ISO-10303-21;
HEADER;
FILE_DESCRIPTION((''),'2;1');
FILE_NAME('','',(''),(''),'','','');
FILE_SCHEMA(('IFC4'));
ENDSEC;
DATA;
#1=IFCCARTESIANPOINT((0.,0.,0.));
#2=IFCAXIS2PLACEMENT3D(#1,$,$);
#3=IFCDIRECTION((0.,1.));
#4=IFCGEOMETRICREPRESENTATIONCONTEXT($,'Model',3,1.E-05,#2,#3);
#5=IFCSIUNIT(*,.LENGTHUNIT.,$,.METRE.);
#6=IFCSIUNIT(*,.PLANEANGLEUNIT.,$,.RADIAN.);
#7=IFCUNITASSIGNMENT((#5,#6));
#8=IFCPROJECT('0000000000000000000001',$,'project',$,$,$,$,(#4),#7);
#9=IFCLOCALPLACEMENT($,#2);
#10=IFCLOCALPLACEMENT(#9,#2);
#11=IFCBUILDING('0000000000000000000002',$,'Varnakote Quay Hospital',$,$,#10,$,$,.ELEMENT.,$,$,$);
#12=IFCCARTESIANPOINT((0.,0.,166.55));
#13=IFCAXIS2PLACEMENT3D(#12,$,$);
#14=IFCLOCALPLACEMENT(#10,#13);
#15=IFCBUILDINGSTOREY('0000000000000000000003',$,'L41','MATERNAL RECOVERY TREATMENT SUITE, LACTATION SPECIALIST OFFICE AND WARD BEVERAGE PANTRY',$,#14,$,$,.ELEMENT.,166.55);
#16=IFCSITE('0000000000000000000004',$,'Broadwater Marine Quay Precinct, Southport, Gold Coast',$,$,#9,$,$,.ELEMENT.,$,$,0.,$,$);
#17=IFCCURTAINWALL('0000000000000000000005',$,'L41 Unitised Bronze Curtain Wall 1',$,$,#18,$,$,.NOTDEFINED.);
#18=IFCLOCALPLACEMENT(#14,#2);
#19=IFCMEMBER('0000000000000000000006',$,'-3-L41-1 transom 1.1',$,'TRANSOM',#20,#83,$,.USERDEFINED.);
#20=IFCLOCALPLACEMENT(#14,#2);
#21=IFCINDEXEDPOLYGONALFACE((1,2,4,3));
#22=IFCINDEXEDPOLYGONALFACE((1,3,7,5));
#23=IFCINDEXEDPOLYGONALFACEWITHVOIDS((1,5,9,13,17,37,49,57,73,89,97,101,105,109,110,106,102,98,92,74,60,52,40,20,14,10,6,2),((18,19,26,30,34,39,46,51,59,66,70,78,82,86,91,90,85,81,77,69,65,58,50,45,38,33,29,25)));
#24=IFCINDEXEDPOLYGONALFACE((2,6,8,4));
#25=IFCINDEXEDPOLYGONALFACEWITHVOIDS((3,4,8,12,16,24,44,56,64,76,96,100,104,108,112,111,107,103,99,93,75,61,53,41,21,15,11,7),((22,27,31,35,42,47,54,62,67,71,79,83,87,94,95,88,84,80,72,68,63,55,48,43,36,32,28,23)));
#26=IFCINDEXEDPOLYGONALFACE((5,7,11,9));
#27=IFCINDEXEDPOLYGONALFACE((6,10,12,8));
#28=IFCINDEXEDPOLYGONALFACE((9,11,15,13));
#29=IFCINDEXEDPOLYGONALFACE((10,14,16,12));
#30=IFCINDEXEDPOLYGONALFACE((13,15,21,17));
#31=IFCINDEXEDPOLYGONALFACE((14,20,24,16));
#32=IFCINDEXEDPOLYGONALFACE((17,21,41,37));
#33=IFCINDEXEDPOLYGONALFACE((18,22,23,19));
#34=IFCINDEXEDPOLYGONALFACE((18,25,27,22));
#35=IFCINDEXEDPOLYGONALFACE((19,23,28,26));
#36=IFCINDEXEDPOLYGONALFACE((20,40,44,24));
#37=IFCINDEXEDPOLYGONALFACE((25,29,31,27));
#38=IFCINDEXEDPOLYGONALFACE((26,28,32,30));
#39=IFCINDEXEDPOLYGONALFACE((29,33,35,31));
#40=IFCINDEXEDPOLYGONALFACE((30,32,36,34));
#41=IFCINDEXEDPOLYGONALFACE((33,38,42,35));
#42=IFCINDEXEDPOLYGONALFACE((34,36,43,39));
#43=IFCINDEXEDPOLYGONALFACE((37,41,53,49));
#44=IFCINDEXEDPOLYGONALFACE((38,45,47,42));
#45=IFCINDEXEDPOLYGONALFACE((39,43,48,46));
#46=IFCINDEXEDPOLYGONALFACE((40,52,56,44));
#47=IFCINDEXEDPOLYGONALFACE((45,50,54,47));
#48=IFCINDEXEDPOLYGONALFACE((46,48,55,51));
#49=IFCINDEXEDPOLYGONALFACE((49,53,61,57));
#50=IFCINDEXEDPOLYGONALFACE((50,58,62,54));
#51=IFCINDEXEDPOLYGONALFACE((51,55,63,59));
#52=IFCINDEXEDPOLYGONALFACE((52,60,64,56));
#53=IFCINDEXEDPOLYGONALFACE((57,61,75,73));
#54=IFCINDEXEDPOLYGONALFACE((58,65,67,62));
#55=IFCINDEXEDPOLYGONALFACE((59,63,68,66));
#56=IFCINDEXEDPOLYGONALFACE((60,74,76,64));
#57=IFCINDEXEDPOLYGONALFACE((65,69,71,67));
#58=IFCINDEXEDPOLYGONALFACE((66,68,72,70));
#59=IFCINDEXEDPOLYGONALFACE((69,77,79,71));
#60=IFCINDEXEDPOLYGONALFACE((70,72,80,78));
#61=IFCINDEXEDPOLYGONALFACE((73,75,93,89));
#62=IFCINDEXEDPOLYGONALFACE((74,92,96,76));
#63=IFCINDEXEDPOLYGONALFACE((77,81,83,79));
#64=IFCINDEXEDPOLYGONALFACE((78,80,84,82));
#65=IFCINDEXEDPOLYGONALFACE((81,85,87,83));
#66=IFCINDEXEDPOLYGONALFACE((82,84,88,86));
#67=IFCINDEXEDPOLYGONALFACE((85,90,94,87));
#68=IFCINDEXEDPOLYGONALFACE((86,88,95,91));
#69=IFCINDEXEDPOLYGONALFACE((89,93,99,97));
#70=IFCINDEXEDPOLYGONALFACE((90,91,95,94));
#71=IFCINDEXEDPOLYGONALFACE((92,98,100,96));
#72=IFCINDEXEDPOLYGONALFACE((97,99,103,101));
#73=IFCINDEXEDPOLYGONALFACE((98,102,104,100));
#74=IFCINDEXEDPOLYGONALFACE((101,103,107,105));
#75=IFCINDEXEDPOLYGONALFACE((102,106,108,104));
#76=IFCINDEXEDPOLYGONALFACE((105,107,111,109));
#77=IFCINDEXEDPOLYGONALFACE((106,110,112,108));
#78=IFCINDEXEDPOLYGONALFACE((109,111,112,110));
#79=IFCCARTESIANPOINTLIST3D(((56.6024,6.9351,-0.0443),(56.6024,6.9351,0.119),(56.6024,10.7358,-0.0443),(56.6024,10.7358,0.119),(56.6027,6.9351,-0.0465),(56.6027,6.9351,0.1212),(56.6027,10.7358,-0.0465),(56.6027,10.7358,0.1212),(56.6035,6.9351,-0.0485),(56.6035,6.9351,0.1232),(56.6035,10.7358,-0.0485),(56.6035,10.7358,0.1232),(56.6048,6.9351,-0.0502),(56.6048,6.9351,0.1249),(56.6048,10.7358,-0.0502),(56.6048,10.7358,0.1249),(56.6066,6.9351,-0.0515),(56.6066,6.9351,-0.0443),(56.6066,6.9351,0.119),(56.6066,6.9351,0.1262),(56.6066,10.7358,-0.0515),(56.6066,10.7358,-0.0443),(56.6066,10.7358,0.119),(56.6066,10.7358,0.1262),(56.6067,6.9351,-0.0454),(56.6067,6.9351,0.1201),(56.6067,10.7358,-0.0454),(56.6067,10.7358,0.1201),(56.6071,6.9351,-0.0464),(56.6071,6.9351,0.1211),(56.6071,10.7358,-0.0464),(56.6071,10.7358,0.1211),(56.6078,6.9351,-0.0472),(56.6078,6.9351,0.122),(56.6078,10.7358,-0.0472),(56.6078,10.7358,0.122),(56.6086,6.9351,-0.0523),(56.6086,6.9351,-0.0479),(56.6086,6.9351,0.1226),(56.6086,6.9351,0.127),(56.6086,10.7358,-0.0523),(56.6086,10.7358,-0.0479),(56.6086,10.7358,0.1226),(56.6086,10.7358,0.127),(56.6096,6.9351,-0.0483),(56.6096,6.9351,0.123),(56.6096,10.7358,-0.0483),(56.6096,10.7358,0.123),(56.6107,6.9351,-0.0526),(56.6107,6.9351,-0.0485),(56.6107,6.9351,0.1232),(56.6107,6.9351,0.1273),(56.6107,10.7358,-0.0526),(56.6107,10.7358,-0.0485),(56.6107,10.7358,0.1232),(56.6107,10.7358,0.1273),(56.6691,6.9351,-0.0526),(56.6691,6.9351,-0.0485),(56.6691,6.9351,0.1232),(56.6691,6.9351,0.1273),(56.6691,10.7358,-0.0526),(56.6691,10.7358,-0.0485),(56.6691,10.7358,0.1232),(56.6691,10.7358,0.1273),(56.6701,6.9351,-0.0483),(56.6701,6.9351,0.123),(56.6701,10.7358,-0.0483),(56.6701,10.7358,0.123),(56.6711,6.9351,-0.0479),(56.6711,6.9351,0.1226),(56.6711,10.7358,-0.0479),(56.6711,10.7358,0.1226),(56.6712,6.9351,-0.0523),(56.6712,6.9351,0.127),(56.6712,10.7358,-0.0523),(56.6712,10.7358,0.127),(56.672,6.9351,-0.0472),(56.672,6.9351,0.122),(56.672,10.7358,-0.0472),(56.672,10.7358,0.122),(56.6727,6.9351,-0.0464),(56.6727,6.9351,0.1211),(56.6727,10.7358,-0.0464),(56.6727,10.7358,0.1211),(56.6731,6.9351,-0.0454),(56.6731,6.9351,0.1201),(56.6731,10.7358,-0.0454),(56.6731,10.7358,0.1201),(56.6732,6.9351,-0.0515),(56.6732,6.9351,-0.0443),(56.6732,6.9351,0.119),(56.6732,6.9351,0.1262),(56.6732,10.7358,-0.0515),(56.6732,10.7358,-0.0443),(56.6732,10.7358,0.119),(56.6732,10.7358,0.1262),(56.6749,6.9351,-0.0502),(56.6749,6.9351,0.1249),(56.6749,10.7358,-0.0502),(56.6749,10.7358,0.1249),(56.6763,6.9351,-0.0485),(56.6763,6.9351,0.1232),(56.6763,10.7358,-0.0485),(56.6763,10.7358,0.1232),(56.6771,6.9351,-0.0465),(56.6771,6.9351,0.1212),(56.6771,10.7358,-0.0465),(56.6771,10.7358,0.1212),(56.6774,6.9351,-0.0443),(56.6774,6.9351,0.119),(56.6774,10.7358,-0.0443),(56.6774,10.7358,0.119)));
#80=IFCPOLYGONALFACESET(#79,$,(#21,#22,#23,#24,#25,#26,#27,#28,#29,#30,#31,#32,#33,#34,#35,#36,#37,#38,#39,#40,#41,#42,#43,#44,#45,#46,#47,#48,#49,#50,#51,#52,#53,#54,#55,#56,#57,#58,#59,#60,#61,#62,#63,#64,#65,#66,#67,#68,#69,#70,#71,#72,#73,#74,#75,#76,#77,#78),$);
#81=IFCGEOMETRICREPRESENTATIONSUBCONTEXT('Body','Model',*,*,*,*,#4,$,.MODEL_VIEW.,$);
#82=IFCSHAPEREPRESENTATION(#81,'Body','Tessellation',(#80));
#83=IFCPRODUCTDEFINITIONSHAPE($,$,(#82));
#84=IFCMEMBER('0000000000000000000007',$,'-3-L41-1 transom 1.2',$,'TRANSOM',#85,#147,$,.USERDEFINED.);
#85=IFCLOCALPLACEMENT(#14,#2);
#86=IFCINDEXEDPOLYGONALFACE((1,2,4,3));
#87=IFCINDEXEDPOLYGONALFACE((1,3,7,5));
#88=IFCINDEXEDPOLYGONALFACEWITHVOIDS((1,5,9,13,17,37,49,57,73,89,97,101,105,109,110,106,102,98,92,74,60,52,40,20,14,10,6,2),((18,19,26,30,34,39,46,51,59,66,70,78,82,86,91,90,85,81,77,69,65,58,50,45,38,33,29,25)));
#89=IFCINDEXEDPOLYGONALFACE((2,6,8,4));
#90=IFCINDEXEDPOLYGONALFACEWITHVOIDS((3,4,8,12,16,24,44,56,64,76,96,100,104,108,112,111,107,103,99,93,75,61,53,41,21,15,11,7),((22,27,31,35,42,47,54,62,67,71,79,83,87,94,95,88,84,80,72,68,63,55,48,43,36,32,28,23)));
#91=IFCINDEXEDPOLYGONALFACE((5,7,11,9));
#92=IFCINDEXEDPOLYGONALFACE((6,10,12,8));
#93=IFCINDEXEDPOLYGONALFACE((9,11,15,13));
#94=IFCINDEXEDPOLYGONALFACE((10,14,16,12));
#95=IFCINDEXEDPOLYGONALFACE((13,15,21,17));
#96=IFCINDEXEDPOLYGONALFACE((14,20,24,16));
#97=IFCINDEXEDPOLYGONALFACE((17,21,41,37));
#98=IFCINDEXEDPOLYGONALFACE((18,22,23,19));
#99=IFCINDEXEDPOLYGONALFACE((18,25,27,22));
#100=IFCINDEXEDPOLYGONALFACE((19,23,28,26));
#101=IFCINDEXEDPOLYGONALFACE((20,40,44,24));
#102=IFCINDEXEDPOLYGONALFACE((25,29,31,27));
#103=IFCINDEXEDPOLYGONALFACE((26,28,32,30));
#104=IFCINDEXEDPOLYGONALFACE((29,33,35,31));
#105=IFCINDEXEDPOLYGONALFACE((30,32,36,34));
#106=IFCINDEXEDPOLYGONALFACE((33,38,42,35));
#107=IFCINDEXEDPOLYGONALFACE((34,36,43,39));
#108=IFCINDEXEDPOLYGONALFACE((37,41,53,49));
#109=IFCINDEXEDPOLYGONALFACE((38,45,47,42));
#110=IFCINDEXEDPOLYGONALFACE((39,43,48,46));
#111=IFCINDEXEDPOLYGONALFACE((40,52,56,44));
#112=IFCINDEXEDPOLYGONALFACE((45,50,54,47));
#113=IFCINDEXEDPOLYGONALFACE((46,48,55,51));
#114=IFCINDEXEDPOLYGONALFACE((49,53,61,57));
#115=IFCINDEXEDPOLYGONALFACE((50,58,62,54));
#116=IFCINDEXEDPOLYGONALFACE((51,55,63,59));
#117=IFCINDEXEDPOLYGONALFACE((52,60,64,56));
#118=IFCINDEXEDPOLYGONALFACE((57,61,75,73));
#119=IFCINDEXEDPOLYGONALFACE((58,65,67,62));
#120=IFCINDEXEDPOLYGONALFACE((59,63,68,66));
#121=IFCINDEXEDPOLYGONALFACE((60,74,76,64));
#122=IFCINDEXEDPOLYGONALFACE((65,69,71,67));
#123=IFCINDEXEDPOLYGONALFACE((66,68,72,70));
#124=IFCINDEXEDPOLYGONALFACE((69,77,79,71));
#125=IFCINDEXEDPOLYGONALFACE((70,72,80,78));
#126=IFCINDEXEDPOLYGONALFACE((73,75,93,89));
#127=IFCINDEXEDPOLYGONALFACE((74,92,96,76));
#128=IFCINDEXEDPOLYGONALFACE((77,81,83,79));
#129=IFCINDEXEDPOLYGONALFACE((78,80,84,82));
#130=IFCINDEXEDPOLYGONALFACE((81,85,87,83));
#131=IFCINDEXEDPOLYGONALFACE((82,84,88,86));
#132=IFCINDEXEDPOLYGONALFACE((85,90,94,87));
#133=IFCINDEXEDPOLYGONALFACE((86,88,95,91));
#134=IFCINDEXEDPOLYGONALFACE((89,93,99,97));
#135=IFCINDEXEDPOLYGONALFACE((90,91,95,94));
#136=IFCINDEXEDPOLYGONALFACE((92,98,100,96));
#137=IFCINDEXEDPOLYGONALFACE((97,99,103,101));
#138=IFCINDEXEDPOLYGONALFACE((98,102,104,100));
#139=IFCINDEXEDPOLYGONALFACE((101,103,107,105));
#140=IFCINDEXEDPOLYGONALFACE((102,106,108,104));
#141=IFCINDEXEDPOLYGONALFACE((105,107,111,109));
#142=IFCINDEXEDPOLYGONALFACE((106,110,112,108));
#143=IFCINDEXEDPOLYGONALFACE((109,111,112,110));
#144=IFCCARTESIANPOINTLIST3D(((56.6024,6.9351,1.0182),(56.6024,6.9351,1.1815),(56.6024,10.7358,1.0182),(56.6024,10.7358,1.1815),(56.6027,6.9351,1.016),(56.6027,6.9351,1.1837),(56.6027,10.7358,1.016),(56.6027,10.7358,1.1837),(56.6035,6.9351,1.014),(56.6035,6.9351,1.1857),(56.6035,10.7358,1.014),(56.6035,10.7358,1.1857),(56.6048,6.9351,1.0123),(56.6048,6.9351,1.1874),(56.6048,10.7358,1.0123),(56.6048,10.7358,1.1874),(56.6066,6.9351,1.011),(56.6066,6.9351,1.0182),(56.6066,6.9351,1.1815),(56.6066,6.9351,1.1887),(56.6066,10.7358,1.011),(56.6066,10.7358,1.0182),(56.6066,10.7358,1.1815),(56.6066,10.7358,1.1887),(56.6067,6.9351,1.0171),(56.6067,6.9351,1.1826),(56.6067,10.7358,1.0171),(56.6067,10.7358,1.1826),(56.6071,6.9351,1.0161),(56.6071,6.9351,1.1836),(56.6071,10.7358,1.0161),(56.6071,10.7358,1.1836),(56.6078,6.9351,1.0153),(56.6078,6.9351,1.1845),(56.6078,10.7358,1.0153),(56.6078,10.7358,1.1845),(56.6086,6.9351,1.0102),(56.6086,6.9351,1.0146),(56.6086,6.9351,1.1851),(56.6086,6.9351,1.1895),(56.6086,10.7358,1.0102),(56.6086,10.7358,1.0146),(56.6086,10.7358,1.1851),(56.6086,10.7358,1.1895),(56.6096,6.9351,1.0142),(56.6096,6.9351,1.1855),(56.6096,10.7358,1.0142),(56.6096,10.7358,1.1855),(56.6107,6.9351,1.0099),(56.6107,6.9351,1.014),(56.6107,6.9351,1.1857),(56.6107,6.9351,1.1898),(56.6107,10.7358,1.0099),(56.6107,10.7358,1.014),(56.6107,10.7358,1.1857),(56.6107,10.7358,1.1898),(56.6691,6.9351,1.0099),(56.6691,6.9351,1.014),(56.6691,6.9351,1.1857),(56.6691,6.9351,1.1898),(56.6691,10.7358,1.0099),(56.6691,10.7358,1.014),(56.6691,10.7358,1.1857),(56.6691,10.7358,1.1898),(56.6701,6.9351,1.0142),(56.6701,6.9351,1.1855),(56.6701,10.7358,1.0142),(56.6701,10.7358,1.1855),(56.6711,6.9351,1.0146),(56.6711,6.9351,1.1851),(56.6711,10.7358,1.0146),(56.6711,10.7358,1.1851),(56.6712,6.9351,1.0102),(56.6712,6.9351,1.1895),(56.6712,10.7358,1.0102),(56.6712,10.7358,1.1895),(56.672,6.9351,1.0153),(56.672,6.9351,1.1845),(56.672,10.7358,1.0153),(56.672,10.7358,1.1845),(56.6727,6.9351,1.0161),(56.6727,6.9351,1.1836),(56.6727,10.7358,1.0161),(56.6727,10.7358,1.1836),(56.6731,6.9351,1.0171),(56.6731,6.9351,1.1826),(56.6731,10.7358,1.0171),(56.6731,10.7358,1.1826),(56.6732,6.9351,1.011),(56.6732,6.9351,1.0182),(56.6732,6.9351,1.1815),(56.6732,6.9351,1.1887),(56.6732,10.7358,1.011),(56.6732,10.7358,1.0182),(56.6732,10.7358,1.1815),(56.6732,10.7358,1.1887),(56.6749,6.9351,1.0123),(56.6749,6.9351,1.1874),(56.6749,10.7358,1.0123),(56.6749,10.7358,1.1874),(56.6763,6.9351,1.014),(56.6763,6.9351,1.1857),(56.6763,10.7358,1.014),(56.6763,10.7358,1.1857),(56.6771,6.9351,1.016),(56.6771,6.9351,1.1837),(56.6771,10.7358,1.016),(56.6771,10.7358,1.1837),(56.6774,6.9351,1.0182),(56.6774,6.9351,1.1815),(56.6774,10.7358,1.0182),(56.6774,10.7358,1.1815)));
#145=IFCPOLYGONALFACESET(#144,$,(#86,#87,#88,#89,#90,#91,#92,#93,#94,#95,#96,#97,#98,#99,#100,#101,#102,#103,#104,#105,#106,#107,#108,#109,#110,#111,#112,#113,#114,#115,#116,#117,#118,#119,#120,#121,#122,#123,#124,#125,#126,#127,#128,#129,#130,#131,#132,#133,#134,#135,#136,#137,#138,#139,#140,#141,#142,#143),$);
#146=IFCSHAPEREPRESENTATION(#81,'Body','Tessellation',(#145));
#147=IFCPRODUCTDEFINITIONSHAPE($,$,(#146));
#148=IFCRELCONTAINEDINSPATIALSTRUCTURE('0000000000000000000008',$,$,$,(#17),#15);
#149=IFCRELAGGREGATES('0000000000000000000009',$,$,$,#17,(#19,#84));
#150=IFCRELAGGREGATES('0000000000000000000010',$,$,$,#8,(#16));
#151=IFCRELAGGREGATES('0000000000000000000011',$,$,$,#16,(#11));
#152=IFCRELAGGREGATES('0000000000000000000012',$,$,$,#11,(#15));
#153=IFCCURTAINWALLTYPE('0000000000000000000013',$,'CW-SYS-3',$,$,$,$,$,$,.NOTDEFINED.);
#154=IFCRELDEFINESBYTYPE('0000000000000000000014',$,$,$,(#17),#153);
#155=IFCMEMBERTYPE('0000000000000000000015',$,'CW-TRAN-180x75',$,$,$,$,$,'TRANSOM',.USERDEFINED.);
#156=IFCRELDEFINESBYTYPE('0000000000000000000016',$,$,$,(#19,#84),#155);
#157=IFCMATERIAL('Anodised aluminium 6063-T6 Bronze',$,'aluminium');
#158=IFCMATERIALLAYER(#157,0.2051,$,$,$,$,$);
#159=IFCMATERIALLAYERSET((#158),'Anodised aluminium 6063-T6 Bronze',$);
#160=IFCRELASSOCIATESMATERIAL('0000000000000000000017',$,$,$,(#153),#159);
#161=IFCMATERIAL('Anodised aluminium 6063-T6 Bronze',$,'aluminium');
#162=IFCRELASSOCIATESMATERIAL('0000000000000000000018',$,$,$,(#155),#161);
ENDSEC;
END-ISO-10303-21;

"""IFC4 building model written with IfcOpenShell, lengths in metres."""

from ifc_helpers import new_model, si_unit, direction, frame, origin, origin_2d, place, context, subcontext, project, spatial, hollow_rectangle, extrude, material, layer, layer_set, material_profile, profile_set, type_object, element, aggregate, save


model = new_model("IFC4")

# Units and contexts
model_context = context("Model", 3, precision=1e-05, world=origin(), true_north=direction((0.0, 1.0)))
body_context = subcontext(model_context, "Body", "Model", "MODEL_VIEW")
ifc_project = project(units=[si_unit("LENGTHUNIT", "METRE"), si_unit("PLANEANGLEUNIT", "RADIAN")], contexts=[model_context])

# Site, building, storey
site_placement = place(None, origin())
site = spatial("IfcSite", under=ifc_project, at=site_placement, Name="Broadwater Marine Quay Precinct, Southport, Gold Coast", CompositionType="ELEMENT", RefElevation=0.0)
building_placement = place(site_placement, origin())
building = spatial("IfcBuilding", under=site, at=building_placement, Name="Varnakote Quay Hospital", CompositionType="ELEMENT")
storey_placement = place(building_placement, frame((0.0, 0.0, 166.55)))
storey = spatial("IfcBuildingStorey", under=building, at=storey_placement, Name="L41", Description="MATERNAL RECOVERY TREATMENT SUITE, LACTATION SPECIALIST OFFICE AND WARD BEVERAGE PANTRY", CompositionType="ELEMENT", Elevation=166.55)

# Curtain wall, members
ifc_material_1 = material(Name="Anodised aluminium 6063-T6 Bronze", Category="aluminium")
ifc_layer_1 = layer(ifc_material_1, 0.2051)
ifc_layer_set_1 = layer_set([ifc_layer_1], Name="Anodised aluminium 6063-T6 Bronze")
curtain_wall_type = type_object("IfcCurtainWallType", Name="CW-SYS-3", PredefinedType="NOTDEFINED", material=ifc_layer_set_1)
curtain_wall_placement = place(storey_placement, origin())
curtain_wall = element("IfcCurtainWall", 1, at=curtain_wall_placement, inside=storey, type_object=curtain_wall_type, Name="L41 Unitised Bronze Curtain Wall 1", PredefinedType="NOTDEFINED")
ifc_material_2 = material(Name="Anodised aluminium 6063-T6 Bronze", Category="aluminium")
ifc_material_profile_1 = material_profile(ifc_material_2, hollow_rectangle(XDim=0.075, YDim=0.1799, WallThickness=0.0042, InnerFilletRadius=0.0042, OuterFilletRadius=0.0083, at=origin_2d()), Name="CW-TRAN-180x75")
ifc_profile_set_1 = profile_set([ifc_material_profile_1], Name="Anodised aluminium 6063-T6 Bronze")
member_type_1 = type_object("IfcMemberType", Name="CW-TRAN-180x75", ElementType="TRANSOM", PredefinedType="USERDEFINED", material=ifc_profile_set_1)
member_1_placement = place(storey_placement, frame((56.6399, 6.9351, 0.0374), z_axis=(0.0, 1.0, 0.0), x_axis=(-1.0, 0.0, 0.0)))
member_1 = element("IfcMember", 2, at=member_1_placement, type_object=member_type_1, Name="-3-L41-1 transom 1.1", ObjectType="TRANSOM", PredefinedType="USERDEFINED", context=body_context, shape_type="SweptSolid", body=[
    extrude(hollow_rectangle(XDim=0.075, YDim=0.1799, WallThickness=0.0042, InnerFilletRadius=0.0042, OuterFilletRadius=0.0083, at=origin_2d()), origin(), (0.0, 0.0, 1.0), 3.8008),
])
member_2_placement = place(storey_placement, frame((56.6399, 6.9351, 1.0999), z_axis=(0.0, 1.0, 0.0), x_axis=(-1.0, 0.0, 0.0)))
member_2 = element("IfcMember", 3, at=member_2_placement, type_object=member_type_1, Name="-3-L41-1 transom 1.2", ObjectType="TRANSOM", PredefinedType="USERDEFINED", context=body_context, shape_type="SweptSolid", body=[
    extrude(hollow_rectangle(XDim=0.075, YDim=0.1799, WallThickness=0.0042, InnerFilletRadius=0.0042, OuterFilletRadius=0.0083, at=origin_2d()), origin(), (0.0, 0.0, 1.0), 3.8008),
])
aggregate(curtain_wall, [member_1, member_2])

save(model, "model.ifc")
